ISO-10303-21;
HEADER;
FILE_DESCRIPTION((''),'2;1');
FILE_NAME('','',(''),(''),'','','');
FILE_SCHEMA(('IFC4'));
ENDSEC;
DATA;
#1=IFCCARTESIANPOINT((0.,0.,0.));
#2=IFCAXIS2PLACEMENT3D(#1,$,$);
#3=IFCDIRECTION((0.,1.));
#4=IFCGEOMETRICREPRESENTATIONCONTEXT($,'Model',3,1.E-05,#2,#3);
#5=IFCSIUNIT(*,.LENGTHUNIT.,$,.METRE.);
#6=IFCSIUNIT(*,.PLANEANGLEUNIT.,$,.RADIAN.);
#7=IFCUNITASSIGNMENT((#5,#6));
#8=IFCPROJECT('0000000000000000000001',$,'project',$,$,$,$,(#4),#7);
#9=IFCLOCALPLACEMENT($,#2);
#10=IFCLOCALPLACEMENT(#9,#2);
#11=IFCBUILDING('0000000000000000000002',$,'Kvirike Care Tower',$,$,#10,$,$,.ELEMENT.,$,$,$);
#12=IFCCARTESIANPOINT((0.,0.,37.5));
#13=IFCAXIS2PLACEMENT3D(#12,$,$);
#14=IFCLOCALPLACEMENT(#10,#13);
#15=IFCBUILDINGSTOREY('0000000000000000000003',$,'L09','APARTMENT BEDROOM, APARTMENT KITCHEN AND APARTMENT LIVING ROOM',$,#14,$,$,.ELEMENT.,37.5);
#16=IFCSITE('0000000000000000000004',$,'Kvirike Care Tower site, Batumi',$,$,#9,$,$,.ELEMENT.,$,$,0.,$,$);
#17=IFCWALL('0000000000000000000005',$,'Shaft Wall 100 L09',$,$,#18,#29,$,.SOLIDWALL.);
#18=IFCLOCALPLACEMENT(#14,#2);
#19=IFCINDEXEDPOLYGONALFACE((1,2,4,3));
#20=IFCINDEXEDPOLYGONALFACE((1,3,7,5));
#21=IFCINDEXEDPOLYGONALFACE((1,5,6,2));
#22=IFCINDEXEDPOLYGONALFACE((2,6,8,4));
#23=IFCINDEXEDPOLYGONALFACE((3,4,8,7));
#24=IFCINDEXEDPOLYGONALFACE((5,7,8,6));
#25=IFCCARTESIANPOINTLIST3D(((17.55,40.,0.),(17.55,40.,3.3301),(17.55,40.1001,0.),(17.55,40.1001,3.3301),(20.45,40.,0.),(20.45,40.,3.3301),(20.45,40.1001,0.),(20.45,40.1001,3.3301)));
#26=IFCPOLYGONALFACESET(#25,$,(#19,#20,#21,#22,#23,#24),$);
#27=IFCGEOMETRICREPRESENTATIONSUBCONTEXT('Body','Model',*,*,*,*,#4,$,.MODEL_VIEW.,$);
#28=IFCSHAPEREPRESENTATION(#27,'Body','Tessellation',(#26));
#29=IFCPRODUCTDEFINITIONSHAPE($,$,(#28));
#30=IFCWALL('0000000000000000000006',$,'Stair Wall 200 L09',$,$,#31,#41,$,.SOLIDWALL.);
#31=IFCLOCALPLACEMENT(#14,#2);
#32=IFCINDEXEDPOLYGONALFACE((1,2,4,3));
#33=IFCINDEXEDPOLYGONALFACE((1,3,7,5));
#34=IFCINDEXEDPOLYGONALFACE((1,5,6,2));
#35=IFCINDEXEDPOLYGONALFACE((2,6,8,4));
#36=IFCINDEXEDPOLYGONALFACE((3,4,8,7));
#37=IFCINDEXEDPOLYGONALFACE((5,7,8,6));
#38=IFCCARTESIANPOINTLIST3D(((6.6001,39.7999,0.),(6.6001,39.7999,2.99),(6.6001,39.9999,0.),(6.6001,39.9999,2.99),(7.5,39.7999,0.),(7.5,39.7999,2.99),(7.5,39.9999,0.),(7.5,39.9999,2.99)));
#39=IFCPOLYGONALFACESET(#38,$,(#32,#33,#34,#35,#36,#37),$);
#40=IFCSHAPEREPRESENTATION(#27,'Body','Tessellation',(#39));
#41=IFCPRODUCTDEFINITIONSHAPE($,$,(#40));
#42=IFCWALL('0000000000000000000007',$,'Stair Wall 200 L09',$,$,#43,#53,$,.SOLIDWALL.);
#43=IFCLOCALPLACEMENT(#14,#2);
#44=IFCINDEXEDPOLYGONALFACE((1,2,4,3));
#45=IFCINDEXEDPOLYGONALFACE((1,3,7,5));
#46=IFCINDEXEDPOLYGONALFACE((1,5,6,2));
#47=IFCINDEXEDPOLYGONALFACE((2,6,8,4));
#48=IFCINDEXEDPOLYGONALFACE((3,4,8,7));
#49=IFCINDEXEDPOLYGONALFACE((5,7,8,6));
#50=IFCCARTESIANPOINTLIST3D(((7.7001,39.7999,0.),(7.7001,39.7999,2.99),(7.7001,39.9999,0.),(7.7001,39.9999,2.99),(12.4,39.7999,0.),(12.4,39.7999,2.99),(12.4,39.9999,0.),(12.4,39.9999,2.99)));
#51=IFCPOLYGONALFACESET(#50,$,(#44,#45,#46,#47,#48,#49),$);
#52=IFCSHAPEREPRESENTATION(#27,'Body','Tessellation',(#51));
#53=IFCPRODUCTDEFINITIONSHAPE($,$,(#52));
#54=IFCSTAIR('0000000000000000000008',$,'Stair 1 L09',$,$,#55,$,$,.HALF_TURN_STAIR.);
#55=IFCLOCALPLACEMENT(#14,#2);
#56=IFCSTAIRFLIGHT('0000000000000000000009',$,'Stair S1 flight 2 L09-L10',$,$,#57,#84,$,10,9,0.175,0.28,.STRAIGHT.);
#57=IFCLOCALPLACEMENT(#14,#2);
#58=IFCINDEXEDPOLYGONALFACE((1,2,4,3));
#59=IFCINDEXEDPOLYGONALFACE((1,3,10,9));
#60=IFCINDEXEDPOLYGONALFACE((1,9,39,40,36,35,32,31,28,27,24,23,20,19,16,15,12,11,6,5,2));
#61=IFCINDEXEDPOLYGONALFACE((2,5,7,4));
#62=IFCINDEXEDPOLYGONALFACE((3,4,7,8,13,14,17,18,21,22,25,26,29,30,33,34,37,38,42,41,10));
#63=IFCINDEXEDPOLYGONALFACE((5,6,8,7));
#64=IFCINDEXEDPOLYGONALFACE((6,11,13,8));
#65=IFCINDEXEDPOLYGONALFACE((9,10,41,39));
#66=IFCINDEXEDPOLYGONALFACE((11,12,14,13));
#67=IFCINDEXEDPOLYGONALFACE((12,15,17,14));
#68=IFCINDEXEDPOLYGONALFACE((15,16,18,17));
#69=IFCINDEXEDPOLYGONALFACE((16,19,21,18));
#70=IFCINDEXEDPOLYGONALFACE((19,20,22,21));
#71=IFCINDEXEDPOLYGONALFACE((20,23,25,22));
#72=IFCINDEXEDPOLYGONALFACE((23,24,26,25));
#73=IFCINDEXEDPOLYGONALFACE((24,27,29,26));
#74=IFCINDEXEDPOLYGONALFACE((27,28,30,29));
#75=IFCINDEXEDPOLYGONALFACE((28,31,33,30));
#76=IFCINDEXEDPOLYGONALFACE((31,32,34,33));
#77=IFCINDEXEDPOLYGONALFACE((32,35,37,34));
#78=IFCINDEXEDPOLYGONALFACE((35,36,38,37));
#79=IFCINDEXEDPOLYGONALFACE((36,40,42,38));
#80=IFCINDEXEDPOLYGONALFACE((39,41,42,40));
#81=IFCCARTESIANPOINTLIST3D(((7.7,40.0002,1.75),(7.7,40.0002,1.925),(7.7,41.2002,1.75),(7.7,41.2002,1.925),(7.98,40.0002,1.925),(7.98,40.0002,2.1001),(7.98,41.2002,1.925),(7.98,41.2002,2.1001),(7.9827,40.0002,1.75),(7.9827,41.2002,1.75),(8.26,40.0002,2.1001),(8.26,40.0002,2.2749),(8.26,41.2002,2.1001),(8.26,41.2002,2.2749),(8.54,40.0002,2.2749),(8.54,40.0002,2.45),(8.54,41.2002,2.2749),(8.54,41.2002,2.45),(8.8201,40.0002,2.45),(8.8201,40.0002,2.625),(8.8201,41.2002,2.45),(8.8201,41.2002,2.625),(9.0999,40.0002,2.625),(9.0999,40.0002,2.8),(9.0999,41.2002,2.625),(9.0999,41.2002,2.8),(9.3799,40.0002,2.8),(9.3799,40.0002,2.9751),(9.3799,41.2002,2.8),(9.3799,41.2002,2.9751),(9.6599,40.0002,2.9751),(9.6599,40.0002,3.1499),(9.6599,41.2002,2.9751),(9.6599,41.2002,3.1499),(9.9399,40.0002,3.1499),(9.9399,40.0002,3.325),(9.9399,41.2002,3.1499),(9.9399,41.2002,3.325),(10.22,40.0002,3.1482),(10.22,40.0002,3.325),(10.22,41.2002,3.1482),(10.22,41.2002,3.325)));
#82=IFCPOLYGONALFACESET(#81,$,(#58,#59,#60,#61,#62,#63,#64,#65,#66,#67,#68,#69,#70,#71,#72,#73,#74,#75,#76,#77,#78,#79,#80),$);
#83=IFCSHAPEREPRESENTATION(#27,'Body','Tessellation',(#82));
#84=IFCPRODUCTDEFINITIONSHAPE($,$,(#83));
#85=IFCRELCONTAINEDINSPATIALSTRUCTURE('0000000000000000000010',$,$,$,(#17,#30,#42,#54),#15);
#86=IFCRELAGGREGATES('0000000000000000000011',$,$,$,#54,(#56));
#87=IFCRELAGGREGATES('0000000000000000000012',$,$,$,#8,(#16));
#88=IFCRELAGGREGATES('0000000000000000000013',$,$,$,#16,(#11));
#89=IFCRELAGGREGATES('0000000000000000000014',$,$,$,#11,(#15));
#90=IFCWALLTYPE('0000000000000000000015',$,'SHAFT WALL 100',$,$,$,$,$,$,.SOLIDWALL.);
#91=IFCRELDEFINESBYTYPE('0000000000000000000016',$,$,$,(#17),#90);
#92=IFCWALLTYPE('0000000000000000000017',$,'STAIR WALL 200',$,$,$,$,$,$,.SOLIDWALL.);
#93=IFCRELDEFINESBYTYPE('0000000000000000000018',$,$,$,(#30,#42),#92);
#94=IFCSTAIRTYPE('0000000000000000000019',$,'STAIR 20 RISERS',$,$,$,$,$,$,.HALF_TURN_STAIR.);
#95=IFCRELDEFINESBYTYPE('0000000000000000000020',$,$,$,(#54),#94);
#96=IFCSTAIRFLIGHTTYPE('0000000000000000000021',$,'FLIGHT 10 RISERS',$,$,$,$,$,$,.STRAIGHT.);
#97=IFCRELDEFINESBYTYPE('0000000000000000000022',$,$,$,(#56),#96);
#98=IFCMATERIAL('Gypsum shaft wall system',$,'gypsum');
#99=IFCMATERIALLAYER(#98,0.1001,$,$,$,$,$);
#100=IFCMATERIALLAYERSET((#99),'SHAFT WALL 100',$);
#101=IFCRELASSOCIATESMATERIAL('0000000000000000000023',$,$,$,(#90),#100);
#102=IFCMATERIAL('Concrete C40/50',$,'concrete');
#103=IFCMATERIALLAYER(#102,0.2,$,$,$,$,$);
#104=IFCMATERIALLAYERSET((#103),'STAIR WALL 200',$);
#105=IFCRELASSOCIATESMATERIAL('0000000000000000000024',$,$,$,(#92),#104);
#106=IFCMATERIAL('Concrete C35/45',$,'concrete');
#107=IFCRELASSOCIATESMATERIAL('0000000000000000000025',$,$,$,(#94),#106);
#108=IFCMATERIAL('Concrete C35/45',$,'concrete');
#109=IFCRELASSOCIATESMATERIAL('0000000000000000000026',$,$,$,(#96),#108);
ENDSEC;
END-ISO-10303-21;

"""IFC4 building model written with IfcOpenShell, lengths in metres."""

from ifc_helpers import new_model, si_unit, direction, frame, frame_2d, origin, place, context, subcontext, project, spatial, polyline, rectangle, outline, extrude, material, layer, layer_set, type_object, element, aggregate, save


model = new_model("IFC4")

# Units and contexts
model_context = context("Model", 3, precision=1e-05, world=origin(), true_north=direction((0.0, 1.0)))
body_context = subcontext(model_context, "Body", "Model", "MODEL_VIEW")
ifc_project = project(units=[si_unit("LENGTHUNIT", "METRE"), si_unit("PLANEANGLEUNIT", "RADIAN")], contexts=[model_context])

# Site, building, storey
site_placement = place(None, origin())
site = spatial("IfcSite", under=ifc_project, at=site_placement, Name="Kvirike Care Tower site, Batumi", CompositionType="ELEMENT", RefElevation=0.0)
building_placement = place(site_placement, origin())
building = spatial("IfcBuilding", under=site, at=building_placement, Name="Kvirike Care Tower", CompositionType="ELEMENT")
storey_placement = place(building_placement, frame((0.0, 0.0, 37.5)))
storey = spatial("IfcBuildingStorey", under=building, at=storey_placement, Name="L09", Description="APARTMENT BEDROOM, APARTMENT KITCHEN AND APARTMENT LIVING ROOM", CompositionType="ELEMENT", Elevation=37.5)

# Shared definitions
ifc_material_1 = material(Name="Gypsum shaft wall system", Category="gypsum")
ifc_layer_1 = layer(ifc_material_1, 0.1001)
ifc_layer_set_1 = layer_set([ifc_layer_1], Name="SHAFT WALL 100")
wall_type_1 = type_object("IfcWallType", Name="SHAFT WALL 100", PredefinedType="SOLIDWALL", material=ifc_layer_set_1)

# Walls
wall_1_placement = place(storey_placement, frame((17.55, 40.05, 0.0), z_axis=(0.0, 0.0, 1.0), x_axis=(1.0, 0.0, 0.0)))
element("IfcWall", 1, at=wall_1_placement, inside=storey, type_object=wall_type_1, Name="Shaft Wall 100 L09", PredefinedType="SOLIDWALL", context=body_context, shape_type="SweptSolid", body=[
    extrude(rectangle(XDim=2.8999, YDim=0.1001, at=frame_2d((1.45, 0.0))), origin(), (0.0, 0.0, 1.0), 3.3301),
])
ifc_material_2 = material(Name="Concrete C40/50", Category="concrete")
ifc_layer_2 = layer(ifc_material_2, 0.2)
ifc_layer_set_2 = layer_set([ifc_layer_2], Name="STAIR WALL 200")
wall_type_2 = type_object("IfcWallType", Name="STAIR WALL 200", PredefinedType="SOLIDWALL", material=ifc_layer_set_2)
wall_2_placement = place(storey_placement, frame((6.6001, 39.8999, 0.0), z_axis=(0.0, 0.0, 1.0), x_axis=(1.0, 0.0, 0.0)))
element("IfcWall", 2, at=wall_2_placement, inside=storey, type_object=wall_type_2, Name="Stair Wall 200 L09", PredefinedType="SOLIDWALL", context=body_context, shape_type="SweptSolid", body=[
    extrude(rectangle(XDim=0.8999, YDim=0.2, at=frame_2d((0.45, 0.0))), origin(), (0.0, 0.0, 1.0), 2.99),
])
wall_3_placement = place(storey_placement, frame((7.7, 39.8999, 0.0), z_axis=(0.0, 0.0, 1.0), x_axis=(1.0, 0.0, 0.0)))
element("IfcWall", 3, at=wall_3_placement, inside=storey, type_object=wall_type_2, Name="Stair Wall 200 L09", PredefinedType="SOLIDWALL", context=body_context, shape_type="SweptSolid", body=[
    extrude(rectangle(XDim=4.7, YDim=0.2, at=frame_2d((2.3501, 0.0))), origin(), (0.0, 0.0, 1.0), 2.99),
])

# Stair, stair flight
ifc_material_3 = material(Name="Concrete C35/45", Category="concrete")
stair_type = type_object("IfcStairType", Name="STAIR 20 RISERS", PredefinedType="HALF_TURN_STAIR", material=ifc_material_3)
stair_placement = place(storey_placement, origin())
stair = element("IfcStair", 4, at=stair_placement, inside=storey, type_object=stair_type, Name="Stair 1 L09", PredefinedType="HALF_TURN_STAIR")
ifc_material_4 = material(Name="Concrete C35/45", Category="concrete")
stair_flight_type = type_object("IfcStairFlightType", Name="FLIGHT 10 RISERS", PredefinedType="STRAIGHT", material=ifc_material_4)
stair_flight_placement = place(storey_placement, frame((7.7, 40.6001, 1.75), z_axis=(0.0, 0.0, 1.0), x_axis=(1.0, 0.0, 0.0)))
stair_flight = element("IfcStairFlight", 5, at=stair_flight_placement, type_object=stair_flight_type, Name="Stair S1 flight 2 L09-L10", NumberOfRisers=10, NumberOfTreads=9, PredefinedType="STRAIGHT", RiserHeight=0.175, TreadLength=0.28, context=body_context, shape_type="SweptSolid", body=[
    extrude(outline(polyline([(0.0, 0.0), (0.0, 0.175), (0.28, 0.175), (0.28, 0.3501), (0.5601, 0.3501), (0.5601, 0.5249), (0.8401, 0.5249), (0.8401, 0.7), (1.1201, 0.7), (1.1201, 0.875), (1.3999, 0.875), (1.3999, 1.05), (1.6799, 1.05), (1.6799, 1.2251), (1.96, 1.2251), (1.96, 1.3999), (2.24, 1.3999), (2.24, 1.575), (2.52, 1.575), (2.52, 1.75), (2.52, 1.3982), (0.2827, 0.0), (0.0, 0.0)])), frame((0.0, 0.6001, 0.0), z_axis=(0.0, -1.0, 0.0), x_axis=(1.0, 0.0, 0.0)), (0.0, 0.0, 1.0), 1.2),
])
aggregate(stair, [stair_flight])

save(model, "model.ifc")
